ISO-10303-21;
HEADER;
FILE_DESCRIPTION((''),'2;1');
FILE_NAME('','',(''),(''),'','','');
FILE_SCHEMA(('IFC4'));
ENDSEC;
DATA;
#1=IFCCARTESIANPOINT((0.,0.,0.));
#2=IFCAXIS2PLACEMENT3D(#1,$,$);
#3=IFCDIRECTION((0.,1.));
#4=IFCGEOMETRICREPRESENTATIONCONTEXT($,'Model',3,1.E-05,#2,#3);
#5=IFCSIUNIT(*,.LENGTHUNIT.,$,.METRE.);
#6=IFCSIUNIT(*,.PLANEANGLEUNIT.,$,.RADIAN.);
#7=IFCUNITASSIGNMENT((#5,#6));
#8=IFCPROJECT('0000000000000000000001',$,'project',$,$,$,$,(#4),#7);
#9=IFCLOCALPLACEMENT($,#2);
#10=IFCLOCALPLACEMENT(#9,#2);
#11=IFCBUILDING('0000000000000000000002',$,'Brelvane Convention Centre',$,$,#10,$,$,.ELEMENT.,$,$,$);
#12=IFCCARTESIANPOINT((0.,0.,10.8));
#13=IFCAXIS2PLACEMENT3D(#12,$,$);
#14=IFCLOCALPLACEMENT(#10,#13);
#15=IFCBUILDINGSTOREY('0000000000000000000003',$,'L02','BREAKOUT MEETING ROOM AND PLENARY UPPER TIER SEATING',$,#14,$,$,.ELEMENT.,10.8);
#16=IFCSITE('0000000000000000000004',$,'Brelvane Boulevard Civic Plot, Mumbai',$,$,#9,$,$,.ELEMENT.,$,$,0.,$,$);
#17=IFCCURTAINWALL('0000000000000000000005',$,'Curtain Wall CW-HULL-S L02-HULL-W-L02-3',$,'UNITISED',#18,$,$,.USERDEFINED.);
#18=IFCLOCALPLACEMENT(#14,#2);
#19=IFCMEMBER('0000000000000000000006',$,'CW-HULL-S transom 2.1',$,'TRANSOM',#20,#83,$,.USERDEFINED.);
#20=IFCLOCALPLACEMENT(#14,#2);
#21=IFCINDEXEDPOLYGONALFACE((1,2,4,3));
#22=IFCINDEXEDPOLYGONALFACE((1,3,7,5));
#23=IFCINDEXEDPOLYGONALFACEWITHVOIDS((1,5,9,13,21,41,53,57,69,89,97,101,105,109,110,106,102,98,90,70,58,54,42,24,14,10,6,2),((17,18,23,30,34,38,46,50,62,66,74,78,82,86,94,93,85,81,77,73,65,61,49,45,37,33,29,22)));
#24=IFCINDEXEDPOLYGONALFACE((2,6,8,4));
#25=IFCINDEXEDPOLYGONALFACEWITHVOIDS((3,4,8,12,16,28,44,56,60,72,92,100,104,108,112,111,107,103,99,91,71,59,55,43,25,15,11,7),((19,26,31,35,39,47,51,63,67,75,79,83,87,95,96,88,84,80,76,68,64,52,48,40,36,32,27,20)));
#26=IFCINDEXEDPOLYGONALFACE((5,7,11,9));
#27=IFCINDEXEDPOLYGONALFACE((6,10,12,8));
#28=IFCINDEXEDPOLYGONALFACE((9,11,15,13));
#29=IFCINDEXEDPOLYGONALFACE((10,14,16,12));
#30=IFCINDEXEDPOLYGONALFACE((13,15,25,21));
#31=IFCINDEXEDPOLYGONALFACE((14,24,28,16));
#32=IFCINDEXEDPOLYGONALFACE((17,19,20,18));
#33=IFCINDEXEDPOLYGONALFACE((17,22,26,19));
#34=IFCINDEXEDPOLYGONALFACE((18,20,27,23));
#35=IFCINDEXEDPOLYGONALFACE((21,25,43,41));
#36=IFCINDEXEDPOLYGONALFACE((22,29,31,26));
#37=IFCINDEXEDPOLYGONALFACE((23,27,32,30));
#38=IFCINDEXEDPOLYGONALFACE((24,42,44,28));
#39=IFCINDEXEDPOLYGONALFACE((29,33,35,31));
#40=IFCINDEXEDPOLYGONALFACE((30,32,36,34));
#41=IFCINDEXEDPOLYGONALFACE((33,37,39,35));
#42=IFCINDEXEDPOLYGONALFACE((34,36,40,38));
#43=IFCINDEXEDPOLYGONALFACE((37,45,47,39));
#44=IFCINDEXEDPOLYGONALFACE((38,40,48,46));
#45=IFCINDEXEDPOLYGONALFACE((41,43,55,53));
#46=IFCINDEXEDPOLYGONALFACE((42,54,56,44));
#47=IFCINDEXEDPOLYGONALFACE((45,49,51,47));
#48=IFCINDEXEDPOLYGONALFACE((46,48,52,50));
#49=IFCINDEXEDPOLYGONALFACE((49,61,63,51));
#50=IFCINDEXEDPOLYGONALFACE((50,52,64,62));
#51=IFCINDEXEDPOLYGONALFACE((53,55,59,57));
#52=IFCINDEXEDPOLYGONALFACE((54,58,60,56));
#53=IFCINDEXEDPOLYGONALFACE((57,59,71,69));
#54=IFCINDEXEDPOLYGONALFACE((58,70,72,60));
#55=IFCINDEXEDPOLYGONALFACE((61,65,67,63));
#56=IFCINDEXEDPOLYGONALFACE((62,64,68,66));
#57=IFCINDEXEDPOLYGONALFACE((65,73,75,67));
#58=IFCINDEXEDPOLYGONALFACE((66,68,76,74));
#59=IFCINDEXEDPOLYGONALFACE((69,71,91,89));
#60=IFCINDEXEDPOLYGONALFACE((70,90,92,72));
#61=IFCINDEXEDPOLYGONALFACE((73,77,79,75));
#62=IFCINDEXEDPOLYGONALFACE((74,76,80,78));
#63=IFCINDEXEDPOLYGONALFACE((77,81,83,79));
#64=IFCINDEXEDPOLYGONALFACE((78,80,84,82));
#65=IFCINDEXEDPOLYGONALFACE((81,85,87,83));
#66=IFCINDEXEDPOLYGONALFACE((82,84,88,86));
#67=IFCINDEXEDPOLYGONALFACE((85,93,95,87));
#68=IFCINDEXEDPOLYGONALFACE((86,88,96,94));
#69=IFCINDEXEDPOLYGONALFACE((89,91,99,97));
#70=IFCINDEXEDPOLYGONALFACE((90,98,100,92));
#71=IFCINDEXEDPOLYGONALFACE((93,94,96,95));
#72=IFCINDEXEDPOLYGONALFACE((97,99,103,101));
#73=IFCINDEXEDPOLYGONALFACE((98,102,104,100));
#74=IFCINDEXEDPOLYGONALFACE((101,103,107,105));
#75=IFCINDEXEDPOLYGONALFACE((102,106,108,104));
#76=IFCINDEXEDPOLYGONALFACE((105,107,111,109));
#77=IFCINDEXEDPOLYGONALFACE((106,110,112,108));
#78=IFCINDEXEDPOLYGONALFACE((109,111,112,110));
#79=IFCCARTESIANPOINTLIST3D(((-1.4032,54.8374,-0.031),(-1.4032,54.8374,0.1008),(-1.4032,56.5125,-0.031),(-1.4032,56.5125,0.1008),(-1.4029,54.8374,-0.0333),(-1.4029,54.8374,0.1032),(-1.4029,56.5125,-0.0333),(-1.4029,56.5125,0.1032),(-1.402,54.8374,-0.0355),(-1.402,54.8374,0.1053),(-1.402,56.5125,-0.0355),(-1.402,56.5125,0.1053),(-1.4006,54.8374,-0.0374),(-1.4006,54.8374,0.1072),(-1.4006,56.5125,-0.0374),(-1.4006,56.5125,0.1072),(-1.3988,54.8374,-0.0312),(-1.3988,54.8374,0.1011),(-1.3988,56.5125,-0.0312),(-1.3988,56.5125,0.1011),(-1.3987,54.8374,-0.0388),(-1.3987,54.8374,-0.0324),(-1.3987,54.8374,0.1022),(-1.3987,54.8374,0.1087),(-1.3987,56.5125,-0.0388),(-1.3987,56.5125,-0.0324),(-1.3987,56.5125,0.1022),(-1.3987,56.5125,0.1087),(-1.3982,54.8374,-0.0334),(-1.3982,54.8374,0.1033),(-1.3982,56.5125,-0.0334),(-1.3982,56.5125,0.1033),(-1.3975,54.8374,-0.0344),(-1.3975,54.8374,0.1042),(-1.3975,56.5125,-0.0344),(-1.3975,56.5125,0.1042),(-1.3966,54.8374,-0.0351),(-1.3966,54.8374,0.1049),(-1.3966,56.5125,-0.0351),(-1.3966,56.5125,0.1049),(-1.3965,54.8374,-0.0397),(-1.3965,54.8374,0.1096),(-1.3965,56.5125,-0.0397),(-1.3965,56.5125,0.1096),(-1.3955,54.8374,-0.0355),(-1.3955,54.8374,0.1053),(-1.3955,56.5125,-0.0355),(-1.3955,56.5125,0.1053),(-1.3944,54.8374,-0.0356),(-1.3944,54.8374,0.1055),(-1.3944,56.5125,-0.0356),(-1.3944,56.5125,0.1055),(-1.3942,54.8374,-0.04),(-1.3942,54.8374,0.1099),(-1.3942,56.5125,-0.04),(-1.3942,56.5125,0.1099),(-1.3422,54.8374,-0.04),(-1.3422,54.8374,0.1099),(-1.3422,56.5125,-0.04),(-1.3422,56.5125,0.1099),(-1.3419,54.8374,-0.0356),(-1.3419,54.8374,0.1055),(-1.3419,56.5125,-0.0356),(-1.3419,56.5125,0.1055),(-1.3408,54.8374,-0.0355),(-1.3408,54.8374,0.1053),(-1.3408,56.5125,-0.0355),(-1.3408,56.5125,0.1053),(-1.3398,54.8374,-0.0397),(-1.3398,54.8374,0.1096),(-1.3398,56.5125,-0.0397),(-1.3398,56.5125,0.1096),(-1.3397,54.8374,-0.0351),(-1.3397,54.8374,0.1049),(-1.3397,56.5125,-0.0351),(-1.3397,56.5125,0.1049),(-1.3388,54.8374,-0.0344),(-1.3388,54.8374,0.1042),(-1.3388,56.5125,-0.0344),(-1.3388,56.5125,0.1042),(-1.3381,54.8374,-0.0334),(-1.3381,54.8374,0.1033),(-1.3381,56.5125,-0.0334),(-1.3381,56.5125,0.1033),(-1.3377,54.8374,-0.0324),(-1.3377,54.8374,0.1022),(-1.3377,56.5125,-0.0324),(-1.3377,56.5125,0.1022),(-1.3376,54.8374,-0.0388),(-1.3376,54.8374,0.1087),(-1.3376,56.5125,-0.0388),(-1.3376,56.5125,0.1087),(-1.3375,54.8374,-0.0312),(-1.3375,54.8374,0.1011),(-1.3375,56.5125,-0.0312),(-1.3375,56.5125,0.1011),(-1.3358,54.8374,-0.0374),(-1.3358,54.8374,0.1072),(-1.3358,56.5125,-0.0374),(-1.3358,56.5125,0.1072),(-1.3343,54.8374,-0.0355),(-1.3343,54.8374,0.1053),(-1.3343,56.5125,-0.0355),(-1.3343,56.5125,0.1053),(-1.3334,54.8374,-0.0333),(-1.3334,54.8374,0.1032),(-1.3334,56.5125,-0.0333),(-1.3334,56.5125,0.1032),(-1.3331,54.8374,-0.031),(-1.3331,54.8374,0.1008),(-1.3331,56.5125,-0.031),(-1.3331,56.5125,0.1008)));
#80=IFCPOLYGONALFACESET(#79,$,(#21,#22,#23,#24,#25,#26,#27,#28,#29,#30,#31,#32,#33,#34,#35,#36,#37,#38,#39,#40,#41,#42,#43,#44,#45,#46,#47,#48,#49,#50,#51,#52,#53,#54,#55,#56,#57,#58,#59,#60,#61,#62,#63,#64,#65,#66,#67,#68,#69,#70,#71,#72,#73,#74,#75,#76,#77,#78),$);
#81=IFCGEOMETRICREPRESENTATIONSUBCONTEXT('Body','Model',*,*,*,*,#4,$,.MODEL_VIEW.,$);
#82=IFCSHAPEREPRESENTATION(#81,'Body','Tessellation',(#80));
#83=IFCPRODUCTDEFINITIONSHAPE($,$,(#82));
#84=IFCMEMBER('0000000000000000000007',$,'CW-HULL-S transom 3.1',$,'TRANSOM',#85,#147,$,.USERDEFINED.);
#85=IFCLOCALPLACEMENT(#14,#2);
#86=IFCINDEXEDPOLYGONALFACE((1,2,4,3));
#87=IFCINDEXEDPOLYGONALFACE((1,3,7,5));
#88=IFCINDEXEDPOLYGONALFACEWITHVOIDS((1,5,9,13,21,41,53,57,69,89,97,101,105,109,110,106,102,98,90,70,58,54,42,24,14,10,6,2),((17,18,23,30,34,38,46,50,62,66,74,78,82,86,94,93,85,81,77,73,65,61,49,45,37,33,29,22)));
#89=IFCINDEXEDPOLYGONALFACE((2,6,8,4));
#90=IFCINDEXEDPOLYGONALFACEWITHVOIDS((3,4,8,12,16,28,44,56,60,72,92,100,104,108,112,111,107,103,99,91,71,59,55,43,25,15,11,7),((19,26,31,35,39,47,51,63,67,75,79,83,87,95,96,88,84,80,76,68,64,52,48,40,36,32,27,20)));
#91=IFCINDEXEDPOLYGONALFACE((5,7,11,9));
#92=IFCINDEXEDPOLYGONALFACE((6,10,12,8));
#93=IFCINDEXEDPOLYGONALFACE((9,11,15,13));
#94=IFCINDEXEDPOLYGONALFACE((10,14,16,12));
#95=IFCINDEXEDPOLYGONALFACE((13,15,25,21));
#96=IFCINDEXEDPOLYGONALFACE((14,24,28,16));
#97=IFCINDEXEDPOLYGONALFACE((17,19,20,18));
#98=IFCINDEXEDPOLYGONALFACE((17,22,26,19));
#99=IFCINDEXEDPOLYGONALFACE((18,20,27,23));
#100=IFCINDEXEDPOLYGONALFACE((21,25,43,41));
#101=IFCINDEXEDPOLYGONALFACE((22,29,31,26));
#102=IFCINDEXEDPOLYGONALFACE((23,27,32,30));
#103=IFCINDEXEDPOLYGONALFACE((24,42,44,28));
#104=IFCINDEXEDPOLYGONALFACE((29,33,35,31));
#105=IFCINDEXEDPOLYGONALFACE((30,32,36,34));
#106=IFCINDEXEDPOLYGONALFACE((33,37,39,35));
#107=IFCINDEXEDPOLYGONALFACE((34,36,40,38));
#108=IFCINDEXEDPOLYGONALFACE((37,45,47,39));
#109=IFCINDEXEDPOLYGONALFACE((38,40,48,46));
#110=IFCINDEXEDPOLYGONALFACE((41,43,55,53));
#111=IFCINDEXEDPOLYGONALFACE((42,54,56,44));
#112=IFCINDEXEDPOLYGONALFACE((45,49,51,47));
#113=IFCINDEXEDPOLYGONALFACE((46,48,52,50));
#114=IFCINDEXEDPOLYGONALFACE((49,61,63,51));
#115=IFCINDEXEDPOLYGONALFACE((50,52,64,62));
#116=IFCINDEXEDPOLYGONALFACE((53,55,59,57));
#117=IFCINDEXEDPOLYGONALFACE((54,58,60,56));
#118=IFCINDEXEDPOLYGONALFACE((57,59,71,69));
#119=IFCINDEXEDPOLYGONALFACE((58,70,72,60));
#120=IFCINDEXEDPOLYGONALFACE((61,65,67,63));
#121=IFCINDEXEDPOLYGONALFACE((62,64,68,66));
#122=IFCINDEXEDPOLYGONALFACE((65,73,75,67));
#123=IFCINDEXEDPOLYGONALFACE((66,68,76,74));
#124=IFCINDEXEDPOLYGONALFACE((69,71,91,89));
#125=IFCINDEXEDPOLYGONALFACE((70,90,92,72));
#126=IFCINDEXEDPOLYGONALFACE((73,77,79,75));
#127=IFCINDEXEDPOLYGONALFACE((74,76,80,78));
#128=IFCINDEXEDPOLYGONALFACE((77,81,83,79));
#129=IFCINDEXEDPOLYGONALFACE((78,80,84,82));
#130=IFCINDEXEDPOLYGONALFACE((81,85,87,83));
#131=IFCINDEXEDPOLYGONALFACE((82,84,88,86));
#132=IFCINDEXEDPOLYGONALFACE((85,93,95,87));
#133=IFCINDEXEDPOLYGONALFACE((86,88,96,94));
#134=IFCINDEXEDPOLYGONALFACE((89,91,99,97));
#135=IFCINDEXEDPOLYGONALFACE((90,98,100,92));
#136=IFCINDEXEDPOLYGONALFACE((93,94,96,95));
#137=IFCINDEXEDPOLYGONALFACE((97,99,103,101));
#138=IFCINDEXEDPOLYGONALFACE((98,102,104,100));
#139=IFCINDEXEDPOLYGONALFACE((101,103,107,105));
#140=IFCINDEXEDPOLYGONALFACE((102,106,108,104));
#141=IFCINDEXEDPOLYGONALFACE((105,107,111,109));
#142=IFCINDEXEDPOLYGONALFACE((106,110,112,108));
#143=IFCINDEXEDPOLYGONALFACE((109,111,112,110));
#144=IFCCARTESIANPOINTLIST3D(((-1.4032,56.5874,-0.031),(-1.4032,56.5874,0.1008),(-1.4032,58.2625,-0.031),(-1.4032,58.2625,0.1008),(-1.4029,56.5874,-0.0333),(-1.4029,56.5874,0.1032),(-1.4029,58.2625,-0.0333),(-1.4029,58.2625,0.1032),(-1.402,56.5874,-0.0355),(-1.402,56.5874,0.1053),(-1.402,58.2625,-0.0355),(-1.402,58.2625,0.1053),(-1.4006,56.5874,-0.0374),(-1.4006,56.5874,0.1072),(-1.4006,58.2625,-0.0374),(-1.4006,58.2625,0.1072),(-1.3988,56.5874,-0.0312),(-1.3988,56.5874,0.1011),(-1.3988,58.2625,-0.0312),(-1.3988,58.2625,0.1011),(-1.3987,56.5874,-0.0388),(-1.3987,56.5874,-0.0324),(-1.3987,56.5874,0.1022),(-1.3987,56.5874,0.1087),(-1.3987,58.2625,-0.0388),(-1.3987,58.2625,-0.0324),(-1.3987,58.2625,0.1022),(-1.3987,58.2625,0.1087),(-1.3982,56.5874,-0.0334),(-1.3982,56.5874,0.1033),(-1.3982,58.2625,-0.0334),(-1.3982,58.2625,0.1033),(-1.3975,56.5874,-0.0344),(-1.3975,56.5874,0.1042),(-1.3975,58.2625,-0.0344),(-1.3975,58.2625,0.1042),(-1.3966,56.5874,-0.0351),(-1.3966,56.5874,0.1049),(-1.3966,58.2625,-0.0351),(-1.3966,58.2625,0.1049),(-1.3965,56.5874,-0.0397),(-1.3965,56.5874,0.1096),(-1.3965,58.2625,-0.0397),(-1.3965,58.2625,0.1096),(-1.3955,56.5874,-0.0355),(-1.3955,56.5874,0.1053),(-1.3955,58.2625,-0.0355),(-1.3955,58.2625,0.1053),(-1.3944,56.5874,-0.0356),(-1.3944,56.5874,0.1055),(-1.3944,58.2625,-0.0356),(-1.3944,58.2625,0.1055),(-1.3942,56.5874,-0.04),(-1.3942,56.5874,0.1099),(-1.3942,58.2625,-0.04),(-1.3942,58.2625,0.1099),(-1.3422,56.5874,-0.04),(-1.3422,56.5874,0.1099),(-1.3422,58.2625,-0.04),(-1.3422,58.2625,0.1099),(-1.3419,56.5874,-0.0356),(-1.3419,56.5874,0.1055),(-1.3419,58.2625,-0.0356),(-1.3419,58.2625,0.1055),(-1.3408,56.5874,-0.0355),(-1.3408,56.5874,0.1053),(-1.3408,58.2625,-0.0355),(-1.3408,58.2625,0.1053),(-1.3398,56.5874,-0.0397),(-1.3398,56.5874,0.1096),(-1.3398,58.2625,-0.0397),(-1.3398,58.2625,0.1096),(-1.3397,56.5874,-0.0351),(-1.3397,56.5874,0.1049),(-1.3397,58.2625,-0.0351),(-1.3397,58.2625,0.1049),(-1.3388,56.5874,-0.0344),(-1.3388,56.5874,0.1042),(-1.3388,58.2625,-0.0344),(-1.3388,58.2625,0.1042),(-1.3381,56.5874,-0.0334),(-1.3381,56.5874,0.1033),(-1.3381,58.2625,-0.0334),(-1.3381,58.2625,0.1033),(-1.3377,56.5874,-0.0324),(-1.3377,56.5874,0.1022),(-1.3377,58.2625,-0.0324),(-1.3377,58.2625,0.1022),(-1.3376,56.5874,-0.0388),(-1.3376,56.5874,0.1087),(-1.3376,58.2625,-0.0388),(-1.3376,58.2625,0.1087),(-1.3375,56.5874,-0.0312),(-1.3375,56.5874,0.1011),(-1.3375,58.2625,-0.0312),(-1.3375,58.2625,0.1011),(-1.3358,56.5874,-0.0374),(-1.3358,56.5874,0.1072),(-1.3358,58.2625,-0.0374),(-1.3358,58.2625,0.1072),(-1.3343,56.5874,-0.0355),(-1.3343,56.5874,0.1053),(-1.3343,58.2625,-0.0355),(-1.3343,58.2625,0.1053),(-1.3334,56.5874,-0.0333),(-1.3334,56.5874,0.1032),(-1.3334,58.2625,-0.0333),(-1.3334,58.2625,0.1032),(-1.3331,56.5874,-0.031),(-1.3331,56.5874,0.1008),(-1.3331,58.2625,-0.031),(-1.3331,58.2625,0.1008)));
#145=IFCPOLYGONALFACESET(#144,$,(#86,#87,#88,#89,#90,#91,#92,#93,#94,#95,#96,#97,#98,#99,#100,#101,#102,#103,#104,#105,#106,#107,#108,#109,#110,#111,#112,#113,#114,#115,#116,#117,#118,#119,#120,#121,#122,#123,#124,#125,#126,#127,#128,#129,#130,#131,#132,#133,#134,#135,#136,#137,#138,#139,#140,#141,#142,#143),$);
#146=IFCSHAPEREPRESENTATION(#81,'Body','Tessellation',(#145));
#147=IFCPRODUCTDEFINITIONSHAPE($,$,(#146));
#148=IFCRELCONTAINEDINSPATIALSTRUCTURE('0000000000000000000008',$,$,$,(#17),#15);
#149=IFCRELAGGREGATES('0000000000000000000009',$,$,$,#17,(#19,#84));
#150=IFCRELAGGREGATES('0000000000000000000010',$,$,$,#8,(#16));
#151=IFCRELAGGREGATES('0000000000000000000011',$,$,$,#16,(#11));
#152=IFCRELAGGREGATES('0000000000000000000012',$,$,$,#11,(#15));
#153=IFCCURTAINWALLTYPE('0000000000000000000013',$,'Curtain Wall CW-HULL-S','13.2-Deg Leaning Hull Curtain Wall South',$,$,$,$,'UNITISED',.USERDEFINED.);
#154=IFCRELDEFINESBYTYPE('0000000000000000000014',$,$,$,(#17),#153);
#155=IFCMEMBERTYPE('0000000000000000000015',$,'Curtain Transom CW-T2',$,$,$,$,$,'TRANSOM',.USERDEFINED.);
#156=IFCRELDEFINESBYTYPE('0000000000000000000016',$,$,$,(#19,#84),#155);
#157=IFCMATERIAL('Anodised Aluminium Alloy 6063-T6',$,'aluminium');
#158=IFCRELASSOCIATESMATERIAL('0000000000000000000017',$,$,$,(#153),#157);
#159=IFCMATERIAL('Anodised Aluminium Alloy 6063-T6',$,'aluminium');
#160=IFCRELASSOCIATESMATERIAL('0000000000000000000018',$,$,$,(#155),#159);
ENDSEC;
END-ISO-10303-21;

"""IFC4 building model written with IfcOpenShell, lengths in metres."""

from ifc_helpers import new_model, si_unit, direction, frame, origin, origin_2d, place, context, subcontext, project, spatial, hollow_rectangle, extrude, material, material_profile, profile_set, type_object, element, aggregate, save


model = new_model("IFC4")

# Units and contexts
model_context = context("Model", 3, precision=1e-05, world=origin(), true_north=direction((0.0, 1.0)))
body_context = subcontext(model_context, "Body", "Model", "MODEL_VIEW")
ifc_project = project(units=[si_unit("LENGTHUNIT", "METRE"), si_unit("PLANEANGLEUNIT", "RADIAN")], contexts=[model_context])

# Site, building, storey
site_placement = place(None, origin())
site = spatial("IfcSite", under=ifc_project, at=site_placement, Name="Brelvane Boulevard Civic Plot, Mumbai", CompositionType="ELEMENT", RefElevation=0.0)
building_placement = place(site_placement, origin())
building = spatial("IfcBuilding", under=site, at=building_placement, Name="Brelvane Convention Centre", CompositionType="ELEMENT")
storey_placement = place(building_placement, frame((0.0, 0.0, 10.8)))
storey = spatial("IfcBuildingStorey", under=building, at=storey_placement, Name="L02", Description="BREAKOUT MEETING ROOM AND PLENARY UPPER TIER SEATING", CompositionType="ELEMENT", Elevation=10.8)

# Curtain wall, members
ifc_material_1 = material(Name="Anodised Aluminium Alloy 6063-T6", Category="aluminium")
curtain_wall_type = type_object("IfcCurtainWallType", Name="Curtain Wall CW-HULL-S", Description="13.2-Deg Leaning Hull Curtain Wall South", ElementType="UNITISED", PredefinedType="USERDEFINED", material=ifc_material_1)
curtain_wall_placement = place(storey_placement, origin())
curtain_wall = element("IfcCurtainWall", 1, at=curtain_wall_placement, inside=storey, type_object=curtain_wall_type, Name="Curtain Wall CW-HULL-S L02-HULL-W-L02-3", ObjectType="UNITISED", PredefinedType="USERDEFINED")
ifc_material_2 = material(Name="Anodised Aluminium Alloy 6063-T6", Category="aluminium")
ifc_material_profile_1 = material_profile(ifc_material_2, hollow_rectangle(XDim=0.0701, YDim=0.1499, WallThickness=0.0044, InnerFilletRadius=0.0044, OuterFilletRadius=0.009, at=origin_2d()), Name="ALU-T 150x70x4.5")
ifc_profile_set_1 = profile_set([ifc_material_profile_1], Name="Anodised Aluminium Alloy 6063-T6")
member_type_1 = type_object("IfcMemberType", Name="Curtain Transom CW-T2", ElementType="TRANSOM", PredefinedType="USERDEFINED", material=ifc_profile_set_1)
member_1_placement = place(storey_placement, frame((-1.3682, 54.8374, 0.0349), z_axis=(0.0, 1.0, 0.0), x_axis=(-1.0, 0.0, 0.0)))
member_1 = element("IfcMember", 2, at=member_1_placement, type_object=member_type_1, Name="CW-HULL-S transom 2.1", ObjectType="TRANSOM", PredefinedType="USERDEFINED", context=body_context, shape_type="SweptSolid", body=[
    extrude(hollow_rectangle(XDim=0.0701, YDim=0.1499, WallThickness=0.0044, InnerFilletRadius=0.0044, OuterFilletRadius=0.009, at=origin_2d()), origin(), (0.0, 0.0, 1.0), 1.675),
])
member_2_placement = place(storey_placement, frame((-1.3682, 56.5874, 0.0349), z_axis=(0.0, 1.0, 0.0), x_axis=(-1.0, 0.0, 0.0)))
member_2 = element("IfcMember", 3, at=member_2_placement, type_object=member_type_1, Name="CW-HULL-S transom 3.1", ObjectType="TRANSOM", PredefinedType="USERDEFINED", context=body_context, shape_type="SweptSolid", body=[
    extrude(hollow_rectangle(XDim=0.0701, YDim=0.1499, WallThickness=0.0044, InnerFilletRadius=0.0044, OuterFilletRadius=0.009, at=origin_2d()), origin(), (0.0, 0.0, 1.0), 1.675),
])
aggregate(curtain_wall, [member_1, member_2])

save(model, "model.ifc")
